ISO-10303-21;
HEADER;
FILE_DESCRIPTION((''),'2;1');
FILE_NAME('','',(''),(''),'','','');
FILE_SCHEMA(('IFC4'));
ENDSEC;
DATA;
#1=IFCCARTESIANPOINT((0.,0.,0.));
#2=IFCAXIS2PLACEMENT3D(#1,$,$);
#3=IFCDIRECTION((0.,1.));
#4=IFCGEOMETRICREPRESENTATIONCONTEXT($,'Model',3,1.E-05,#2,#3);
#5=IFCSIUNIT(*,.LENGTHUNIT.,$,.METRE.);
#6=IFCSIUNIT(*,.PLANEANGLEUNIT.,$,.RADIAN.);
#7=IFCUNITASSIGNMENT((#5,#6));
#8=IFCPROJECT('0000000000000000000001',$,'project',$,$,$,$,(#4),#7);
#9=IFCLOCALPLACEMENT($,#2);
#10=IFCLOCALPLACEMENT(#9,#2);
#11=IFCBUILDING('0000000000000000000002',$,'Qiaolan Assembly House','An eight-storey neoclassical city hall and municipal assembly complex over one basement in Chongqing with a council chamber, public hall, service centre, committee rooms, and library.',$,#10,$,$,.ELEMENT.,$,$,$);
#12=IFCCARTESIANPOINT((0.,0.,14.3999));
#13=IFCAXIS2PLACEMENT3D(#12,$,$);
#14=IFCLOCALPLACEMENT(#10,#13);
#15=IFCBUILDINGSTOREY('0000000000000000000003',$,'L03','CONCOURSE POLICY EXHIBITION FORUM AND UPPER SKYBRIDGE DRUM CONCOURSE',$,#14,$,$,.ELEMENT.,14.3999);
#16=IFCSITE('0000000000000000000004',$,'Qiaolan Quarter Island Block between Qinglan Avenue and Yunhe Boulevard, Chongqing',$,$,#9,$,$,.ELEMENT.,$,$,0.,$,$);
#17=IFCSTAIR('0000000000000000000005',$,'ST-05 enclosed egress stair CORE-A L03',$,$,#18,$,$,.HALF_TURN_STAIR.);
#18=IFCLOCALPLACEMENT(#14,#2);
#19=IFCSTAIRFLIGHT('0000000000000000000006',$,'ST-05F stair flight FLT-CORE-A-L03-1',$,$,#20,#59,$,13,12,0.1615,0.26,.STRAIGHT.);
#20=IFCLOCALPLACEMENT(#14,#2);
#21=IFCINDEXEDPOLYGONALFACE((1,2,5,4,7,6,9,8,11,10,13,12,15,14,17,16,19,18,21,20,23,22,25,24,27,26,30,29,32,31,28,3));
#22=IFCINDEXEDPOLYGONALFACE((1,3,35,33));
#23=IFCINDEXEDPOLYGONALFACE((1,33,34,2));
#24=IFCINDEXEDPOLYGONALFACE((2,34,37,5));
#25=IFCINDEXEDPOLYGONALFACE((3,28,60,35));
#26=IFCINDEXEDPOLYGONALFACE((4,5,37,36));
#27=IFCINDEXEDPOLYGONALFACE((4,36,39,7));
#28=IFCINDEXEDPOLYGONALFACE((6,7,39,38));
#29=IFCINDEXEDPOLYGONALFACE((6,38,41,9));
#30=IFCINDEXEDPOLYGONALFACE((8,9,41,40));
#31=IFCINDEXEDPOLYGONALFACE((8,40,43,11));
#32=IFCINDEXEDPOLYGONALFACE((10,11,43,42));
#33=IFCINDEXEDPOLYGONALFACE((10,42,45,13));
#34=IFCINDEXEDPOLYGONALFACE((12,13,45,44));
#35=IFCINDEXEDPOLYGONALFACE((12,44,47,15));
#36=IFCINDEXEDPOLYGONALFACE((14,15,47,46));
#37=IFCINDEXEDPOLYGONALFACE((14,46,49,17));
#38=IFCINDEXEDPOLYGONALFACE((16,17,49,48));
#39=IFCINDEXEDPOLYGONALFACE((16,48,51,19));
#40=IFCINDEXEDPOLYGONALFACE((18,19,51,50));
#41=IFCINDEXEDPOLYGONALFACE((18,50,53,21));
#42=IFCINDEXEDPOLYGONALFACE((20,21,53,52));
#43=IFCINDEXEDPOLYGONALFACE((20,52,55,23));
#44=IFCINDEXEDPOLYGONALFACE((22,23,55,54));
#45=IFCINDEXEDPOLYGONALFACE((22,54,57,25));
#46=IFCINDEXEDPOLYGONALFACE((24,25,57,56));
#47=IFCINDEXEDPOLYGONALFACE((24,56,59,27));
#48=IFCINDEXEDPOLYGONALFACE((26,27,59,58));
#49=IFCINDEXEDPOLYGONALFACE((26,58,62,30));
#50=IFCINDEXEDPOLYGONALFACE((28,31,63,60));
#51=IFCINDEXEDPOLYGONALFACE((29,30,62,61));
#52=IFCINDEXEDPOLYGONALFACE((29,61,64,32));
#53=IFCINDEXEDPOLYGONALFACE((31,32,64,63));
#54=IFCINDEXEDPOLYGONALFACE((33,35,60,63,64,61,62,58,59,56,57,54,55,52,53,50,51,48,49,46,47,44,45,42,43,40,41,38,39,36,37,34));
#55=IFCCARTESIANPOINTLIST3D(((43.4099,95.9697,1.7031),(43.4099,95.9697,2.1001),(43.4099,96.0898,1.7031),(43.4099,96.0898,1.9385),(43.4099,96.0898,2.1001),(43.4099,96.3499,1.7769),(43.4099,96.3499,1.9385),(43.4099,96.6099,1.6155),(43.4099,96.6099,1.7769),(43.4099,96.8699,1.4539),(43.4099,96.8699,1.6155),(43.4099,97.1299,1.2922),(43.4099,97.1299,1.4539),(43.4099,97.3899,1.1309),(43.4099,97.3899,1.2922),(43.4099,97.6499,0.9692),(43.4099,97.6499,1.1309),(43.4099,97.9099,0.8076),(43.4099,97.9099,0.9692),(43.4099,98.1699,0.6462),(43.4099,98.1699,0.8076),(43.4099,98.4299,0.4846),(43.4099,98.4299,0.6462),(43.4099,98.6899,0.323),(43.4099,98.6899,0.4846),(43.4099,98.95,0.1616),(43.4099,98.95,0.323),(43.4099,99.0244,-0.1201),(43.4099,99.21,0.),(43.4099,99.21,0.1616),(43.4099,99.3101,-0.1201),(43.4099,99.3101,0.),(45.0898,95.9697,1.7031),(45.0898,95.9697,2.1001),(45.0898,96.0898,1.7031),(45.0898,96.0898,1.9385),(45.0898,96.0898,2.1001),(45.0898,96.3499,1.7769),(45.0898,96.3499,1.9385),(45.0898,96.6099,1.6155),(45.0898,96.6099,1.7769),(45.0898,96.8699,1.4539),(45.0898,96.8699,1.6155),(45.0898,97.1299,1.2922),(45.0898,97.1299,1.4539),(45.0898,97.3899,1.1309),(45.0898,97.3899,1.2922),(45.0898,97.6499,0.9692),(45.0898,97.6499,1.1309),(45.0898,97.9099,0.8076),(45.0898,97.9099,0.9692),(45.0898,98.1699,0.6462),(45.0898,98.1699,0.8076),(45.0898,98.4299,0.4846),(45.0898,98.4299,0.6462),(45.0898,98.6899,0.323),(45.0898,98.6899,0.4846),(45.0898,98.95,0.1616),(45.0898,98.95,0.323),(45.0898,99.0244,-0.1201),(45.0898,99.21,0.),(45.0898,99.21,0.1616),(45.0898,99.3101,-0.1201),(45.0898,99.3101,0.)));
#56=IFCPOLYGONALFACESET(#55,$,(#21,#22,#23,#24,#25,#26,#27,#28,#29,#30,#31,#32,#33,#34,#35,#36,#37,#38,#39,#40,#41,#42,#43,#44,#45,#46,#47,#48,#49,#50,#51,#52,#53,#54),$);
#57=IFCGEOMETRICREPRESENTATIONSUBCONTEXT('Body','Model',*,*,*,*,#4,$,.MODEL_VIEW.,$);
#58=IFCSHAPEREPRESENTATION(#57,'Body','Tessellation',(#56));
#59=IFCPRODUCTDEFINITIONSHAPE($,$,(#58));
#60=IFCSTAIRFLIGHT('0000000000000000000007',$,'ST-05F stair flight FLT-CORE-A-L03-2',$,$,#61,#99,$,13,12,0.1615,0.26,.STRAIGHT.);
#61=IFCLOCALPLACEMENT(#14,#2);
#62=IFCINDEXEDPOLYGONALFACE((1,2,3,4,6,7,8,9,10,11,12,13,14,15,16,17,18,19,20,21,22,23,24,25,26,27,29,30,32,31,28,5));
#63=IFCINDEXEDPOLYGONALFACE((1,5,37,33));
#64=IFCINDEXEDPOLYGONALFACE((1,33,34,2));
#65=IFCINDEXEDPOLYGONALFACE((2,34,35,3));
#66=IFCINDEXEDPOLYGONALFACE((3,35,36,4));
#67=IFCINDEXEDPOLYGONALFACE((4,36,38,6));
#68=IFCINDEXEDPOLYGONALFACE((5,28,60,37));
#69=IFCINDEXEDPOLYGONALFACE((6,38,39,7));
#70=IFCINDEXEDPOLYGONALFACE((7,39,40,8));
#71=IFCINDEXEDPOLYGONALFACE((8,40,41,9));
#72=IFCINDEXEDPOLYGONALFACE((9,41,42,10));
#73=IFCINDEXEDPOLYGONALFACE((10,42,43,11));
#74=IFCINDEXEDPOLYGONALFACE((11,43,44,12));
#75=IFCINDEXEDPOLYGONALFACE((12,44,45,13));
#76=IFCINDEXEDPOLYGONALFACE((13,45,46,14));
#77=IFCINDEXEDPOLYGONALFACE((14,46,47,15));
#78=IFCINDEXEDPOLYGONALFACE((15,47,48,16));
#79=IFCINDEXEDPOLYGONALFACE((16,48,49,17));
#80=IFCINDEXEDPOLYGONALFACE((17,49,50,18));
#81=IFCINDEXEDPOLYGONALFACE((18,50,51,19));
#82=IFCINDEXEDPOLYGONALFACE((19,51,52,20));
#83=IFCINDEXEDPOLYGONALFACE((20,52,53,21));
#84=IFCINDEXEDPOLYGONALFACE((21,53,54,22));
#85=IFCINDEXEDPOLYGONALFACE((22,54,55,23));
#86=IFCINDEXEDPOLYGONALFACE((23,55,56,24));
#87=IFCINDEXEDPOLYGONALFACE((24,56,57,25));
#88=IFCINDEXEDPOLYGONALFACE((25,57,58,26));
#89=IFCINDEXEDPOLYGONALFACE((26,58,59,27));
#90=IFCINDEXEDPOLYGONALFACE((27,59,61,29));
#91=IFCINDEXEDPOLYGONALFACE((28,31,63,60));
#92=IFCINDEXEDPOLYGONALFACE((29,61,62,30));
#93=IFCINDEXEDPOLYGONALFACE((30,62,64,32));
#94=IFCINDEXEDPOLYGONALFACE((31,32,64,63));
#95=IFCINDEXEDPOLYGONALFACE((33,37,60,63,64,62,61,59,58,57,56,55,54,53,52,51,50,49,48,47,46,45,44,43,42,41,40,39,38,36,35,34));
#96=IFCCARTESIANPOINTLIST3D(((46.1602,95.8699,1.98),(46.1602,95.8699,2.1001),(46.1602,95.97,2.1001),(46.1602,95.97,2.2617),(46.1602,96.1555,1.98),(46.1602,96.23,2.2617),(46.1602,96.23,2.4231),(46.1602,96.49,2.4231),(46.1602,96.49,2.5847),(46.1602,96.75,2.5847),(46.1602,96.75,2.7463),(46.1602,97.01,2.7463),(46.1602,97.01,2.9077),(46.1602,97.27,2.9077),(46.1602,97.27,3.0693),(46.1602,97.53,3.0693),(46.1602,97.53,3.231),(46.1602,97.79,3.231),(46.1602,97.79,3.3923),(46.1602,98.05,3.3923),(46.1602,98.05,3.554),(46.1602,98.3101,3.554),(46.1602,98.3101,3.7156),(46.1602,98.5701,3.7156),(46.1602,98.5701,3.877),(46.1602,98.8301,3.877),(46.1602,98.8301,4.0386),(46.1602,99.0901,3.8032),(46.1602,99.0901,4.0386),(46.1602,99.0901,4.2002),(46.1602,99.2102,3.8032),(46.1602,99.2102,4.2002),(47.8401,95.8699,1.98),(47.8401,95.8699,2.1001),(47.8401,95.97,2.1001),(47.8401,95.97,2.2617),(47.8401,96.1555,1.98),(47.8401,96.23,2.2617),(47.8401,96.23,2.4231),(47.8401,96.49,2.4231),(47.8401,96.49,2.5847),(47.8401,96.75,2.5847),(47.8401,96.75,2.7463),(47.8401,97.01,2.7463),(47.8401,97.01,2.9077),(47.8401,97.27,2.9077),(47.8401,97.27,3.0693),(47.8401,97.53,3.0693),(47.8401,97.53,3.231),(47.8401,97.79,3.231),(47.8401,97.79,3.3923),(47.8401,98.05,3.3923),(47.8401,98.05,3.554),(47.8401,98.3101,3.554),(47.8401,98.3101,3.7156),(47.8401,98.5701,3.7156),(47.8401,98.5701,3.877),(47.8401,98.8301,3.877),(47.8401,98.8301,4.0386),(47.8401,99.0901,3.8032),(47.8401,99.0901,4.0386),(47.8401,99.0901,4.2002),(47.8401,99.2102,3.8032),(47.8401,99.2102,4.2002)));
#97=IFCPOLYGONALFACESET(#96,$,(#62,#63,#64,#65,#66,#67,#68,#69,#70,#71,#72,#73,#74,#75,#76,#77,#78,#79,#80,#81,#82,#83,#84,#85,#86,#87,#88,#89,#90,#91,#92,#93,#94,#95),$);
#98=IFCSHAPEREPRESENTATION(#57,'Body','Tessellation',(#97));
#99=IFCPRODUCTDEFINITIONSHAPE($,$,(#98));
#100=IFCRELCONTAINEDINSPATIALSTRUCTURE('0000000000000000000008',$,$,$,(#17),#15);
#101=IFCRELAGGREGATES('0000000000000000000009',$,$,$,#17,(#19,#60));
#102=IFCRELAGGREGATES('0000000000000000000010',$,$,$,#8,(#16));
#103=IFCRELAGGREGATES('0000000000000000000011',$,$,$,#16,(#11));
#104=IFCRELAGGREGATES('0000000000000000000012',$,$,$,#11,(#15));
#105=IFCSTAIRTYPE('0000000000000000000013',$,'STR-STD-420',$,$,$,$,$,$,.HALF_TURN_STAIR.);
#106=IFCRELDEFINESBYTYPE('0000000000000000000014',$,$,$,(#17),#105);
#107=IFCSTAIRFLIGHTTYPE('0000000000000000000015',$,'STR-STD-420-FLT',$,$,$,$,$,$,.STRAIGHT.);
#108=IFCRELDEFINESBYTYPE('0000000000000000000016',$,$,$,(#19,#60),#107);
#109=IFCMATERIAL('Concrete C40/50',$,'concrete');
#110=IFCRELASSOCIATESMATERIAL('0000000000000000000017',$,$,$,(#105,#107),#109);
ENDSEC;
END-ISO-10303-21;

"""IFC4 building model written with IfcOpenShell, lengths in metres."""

from ifc_helpers import new_model, si_unit, direction, frame, origin, place, context, subcontext, project, spatial, polyline, outline, extrude, material, type_object, element, aggregate, save


model = new_model("IFC4")

# Units and contexts
model_context = context("Model", 3, precision=1e-05, world=origin(), true_north=direction((0.0, 1.0)))
body_context = subcontext(model_context, "Body", "Model", "MODEL_VIEW")
ifc_project = project(units=[si_unit("LENGTHUNIT", "METRE"), si_unit("PLANEANGLEUNIT", "RADIAN")], contexts=[model_context])

# Site, building, storey
site_placement = place(None, origin())
site = spatial("IfcSite", under=ifc_project, at=site_placement, Name="Qiaolan Quarter Island Block between Qinglan Avenue and Yunhe Boulevard, Chongqing", CompositionType="ELEMENT", RefElevation=0.0)
building_placement = place(site_placement, origin())
building = spatial("IfcBuilding", under=site, at=building_placement, Name="Qiaolan Assembly House", Description="An eight-storey neoclassical city hall and municipal assembly complex over one basement in Chongqing with a council chamber, public hall, service centre, committee rooms, and library.", CompositionType="ELEMENT")
storey_placement = place(building_placement, frame((0.0, 0.0, 14.3999)))
storey = spatial("IfcBuildingStorey", under=building, at=storey_placement, Name="L03", Description="CONCOURSE POLICY EXHIBITION FORUM AND UPPER SKYBRIDGE DRUM CONCOURSE", CompositionType="ELEMENT", Elevation=14.3999)

# Shared definitions
ifc_material_1 = material(Name="Concrete C40/50", Category="concrete")

# Stair, stair flights
stair_type = type_object("IfcStairType", Name="STR-STD-420", PredefinedType="HALF_TURN_STAIR", material=ifc_material_1)
stair_placement = place(storey_placement, origin())
stair = element("IfcStair", 1, at=stair_placement, inside=storey, type_object=stair_type, Name="ST-05 enclosed egress stair CORE-A L03", PredefinedType="HALF_TURN_STAIR")
stair_flight_type = type_object("IfcStairFlightType", Name="STR-STD-420-FLT", PredefinedType="STRAIGHT", material=ifc_material_1)
stair_flight_1_placement = place(storey_placement, frame((44.25, 99.21, 0.0), z_axis=(0.0, 0.0, 1.0), x_axis=(0.0, -1.0, 0.0)))
stair_flight_1 = element("IfcStairFlight", 2, at=stair_flight_1_placement, type_object=stair_flight_type, Name="ST-05F stair flight FLT-CORE-A-L03-1", NumberOfRisers=13, NumberOfTreads=12, PredefinedType="STRAIGHT", RiserHeight=0.1615, TreadLength=0.26, context=body_context, shape_type="SweptSolid", body=[
    extrude(outline(polyline([(-0.1001, -0.1201), (-0.1001, 0.0), (0.0, 0.0), (0.0, 0.1616), (0.26, 0.1616), (0.26, 0.323), (0.52, 0.323), (0.52, 0.4846), (0.78, 0.4846), (0.78, 0.6462), (1.04, 0.6462), (1.04, 0.8076), (1.3, 0.8076), (1.3, 0.9692), (1.5601, 0.9692), (1.5601, 1.1309), (1.8201, 1.1309), (1.8201, 1.2922), (2.0801, 1.2922), (2.0801, 1.4539), (2.3401, 1.4539), (2.3401, 1.6155), (2.6001, 1.6155), (2.6001, 1.7769), (2.8601, 1.7769), (2.8601, 1.9385), (3.1201, 1.9385), (3.1201, 2.1001), (3.2402, 2.1001), (3.2402, 1.7031), (3.1201, 1.7031), (0.1855, -0.1201), (-0.1001, -0.1201)])), frame((0.0, 0.8398, 0.0), z_axis=(0.0, -1.0, 0.0), x_axis=(1.0, 0.0, 0.0)), (0.0, 0.0, 1.0), 1.6799),
])
stair_flight_2_placement = place(storey_placement, frame((47.0, 95.97, 2.1001), z_axis=(0.0, 0.0, 1.0), x_axis=(0.0, 1.0, 0.0)))
stair_flight_2 = element("IfcStairFlight", 3, at=stair_flight_2_placement, type_object=stair_flight_type, Name="ST-05F stair flight FLT-CORE-A-L03-2", NumberOfRisers=13, NumberOfTreads=12, PredefinedType="STRAIGHT", RiserHeight=0.1615, TreadLength=0.26, context=body_context, shape_type="SweptSolid", body=[
    extrude(outline(polyline([(-0.1001, -0.1201), (-0.1001, 0.0), (0.0, 0.0), (0.0, 0.1616), (0.26, 0.1616), (0.26, 0.323), (0.52, 0.323), (0.52, 0.4846), (0.78, 0.4846), (0.78, 0.6462), (1.04, 0.6462), (1.04, 0.8076), (1.3, 0.8076), (1.3, 0.9692), (1.5601, 0.9692), (1.5601, 1.1309), (1.8201, 1.1309), (1.8201, 1.2922), (2.0801, 1.2922), (2.0801, 1.4539), (2.3401, 1.4539), (2.3401, 1.6155), (2.6001, 1.6155), (2.6001, 1.7769), (2.8601, 1.7769), (2.8601, 1.9385), (3.1201, 1.9385), (3.1201, 2.1001), (3.2402, 2.1001), (3.2402, 1.7031), (3.1201, 1.7031), (0.1855, -0.1201), (-0.1001, -0.1201)])), frame((0.0, 0.8398, 0.0), z_axis=(0.0, -1.0, 0.0), x_axis=(1.0, 0.0, 0.0)), (0.0, 0.0, 1.0), 1.6799),
])
aggregate(stair, [stair_flight_1, stair_flight_2])

save(model, "model.ifc")
